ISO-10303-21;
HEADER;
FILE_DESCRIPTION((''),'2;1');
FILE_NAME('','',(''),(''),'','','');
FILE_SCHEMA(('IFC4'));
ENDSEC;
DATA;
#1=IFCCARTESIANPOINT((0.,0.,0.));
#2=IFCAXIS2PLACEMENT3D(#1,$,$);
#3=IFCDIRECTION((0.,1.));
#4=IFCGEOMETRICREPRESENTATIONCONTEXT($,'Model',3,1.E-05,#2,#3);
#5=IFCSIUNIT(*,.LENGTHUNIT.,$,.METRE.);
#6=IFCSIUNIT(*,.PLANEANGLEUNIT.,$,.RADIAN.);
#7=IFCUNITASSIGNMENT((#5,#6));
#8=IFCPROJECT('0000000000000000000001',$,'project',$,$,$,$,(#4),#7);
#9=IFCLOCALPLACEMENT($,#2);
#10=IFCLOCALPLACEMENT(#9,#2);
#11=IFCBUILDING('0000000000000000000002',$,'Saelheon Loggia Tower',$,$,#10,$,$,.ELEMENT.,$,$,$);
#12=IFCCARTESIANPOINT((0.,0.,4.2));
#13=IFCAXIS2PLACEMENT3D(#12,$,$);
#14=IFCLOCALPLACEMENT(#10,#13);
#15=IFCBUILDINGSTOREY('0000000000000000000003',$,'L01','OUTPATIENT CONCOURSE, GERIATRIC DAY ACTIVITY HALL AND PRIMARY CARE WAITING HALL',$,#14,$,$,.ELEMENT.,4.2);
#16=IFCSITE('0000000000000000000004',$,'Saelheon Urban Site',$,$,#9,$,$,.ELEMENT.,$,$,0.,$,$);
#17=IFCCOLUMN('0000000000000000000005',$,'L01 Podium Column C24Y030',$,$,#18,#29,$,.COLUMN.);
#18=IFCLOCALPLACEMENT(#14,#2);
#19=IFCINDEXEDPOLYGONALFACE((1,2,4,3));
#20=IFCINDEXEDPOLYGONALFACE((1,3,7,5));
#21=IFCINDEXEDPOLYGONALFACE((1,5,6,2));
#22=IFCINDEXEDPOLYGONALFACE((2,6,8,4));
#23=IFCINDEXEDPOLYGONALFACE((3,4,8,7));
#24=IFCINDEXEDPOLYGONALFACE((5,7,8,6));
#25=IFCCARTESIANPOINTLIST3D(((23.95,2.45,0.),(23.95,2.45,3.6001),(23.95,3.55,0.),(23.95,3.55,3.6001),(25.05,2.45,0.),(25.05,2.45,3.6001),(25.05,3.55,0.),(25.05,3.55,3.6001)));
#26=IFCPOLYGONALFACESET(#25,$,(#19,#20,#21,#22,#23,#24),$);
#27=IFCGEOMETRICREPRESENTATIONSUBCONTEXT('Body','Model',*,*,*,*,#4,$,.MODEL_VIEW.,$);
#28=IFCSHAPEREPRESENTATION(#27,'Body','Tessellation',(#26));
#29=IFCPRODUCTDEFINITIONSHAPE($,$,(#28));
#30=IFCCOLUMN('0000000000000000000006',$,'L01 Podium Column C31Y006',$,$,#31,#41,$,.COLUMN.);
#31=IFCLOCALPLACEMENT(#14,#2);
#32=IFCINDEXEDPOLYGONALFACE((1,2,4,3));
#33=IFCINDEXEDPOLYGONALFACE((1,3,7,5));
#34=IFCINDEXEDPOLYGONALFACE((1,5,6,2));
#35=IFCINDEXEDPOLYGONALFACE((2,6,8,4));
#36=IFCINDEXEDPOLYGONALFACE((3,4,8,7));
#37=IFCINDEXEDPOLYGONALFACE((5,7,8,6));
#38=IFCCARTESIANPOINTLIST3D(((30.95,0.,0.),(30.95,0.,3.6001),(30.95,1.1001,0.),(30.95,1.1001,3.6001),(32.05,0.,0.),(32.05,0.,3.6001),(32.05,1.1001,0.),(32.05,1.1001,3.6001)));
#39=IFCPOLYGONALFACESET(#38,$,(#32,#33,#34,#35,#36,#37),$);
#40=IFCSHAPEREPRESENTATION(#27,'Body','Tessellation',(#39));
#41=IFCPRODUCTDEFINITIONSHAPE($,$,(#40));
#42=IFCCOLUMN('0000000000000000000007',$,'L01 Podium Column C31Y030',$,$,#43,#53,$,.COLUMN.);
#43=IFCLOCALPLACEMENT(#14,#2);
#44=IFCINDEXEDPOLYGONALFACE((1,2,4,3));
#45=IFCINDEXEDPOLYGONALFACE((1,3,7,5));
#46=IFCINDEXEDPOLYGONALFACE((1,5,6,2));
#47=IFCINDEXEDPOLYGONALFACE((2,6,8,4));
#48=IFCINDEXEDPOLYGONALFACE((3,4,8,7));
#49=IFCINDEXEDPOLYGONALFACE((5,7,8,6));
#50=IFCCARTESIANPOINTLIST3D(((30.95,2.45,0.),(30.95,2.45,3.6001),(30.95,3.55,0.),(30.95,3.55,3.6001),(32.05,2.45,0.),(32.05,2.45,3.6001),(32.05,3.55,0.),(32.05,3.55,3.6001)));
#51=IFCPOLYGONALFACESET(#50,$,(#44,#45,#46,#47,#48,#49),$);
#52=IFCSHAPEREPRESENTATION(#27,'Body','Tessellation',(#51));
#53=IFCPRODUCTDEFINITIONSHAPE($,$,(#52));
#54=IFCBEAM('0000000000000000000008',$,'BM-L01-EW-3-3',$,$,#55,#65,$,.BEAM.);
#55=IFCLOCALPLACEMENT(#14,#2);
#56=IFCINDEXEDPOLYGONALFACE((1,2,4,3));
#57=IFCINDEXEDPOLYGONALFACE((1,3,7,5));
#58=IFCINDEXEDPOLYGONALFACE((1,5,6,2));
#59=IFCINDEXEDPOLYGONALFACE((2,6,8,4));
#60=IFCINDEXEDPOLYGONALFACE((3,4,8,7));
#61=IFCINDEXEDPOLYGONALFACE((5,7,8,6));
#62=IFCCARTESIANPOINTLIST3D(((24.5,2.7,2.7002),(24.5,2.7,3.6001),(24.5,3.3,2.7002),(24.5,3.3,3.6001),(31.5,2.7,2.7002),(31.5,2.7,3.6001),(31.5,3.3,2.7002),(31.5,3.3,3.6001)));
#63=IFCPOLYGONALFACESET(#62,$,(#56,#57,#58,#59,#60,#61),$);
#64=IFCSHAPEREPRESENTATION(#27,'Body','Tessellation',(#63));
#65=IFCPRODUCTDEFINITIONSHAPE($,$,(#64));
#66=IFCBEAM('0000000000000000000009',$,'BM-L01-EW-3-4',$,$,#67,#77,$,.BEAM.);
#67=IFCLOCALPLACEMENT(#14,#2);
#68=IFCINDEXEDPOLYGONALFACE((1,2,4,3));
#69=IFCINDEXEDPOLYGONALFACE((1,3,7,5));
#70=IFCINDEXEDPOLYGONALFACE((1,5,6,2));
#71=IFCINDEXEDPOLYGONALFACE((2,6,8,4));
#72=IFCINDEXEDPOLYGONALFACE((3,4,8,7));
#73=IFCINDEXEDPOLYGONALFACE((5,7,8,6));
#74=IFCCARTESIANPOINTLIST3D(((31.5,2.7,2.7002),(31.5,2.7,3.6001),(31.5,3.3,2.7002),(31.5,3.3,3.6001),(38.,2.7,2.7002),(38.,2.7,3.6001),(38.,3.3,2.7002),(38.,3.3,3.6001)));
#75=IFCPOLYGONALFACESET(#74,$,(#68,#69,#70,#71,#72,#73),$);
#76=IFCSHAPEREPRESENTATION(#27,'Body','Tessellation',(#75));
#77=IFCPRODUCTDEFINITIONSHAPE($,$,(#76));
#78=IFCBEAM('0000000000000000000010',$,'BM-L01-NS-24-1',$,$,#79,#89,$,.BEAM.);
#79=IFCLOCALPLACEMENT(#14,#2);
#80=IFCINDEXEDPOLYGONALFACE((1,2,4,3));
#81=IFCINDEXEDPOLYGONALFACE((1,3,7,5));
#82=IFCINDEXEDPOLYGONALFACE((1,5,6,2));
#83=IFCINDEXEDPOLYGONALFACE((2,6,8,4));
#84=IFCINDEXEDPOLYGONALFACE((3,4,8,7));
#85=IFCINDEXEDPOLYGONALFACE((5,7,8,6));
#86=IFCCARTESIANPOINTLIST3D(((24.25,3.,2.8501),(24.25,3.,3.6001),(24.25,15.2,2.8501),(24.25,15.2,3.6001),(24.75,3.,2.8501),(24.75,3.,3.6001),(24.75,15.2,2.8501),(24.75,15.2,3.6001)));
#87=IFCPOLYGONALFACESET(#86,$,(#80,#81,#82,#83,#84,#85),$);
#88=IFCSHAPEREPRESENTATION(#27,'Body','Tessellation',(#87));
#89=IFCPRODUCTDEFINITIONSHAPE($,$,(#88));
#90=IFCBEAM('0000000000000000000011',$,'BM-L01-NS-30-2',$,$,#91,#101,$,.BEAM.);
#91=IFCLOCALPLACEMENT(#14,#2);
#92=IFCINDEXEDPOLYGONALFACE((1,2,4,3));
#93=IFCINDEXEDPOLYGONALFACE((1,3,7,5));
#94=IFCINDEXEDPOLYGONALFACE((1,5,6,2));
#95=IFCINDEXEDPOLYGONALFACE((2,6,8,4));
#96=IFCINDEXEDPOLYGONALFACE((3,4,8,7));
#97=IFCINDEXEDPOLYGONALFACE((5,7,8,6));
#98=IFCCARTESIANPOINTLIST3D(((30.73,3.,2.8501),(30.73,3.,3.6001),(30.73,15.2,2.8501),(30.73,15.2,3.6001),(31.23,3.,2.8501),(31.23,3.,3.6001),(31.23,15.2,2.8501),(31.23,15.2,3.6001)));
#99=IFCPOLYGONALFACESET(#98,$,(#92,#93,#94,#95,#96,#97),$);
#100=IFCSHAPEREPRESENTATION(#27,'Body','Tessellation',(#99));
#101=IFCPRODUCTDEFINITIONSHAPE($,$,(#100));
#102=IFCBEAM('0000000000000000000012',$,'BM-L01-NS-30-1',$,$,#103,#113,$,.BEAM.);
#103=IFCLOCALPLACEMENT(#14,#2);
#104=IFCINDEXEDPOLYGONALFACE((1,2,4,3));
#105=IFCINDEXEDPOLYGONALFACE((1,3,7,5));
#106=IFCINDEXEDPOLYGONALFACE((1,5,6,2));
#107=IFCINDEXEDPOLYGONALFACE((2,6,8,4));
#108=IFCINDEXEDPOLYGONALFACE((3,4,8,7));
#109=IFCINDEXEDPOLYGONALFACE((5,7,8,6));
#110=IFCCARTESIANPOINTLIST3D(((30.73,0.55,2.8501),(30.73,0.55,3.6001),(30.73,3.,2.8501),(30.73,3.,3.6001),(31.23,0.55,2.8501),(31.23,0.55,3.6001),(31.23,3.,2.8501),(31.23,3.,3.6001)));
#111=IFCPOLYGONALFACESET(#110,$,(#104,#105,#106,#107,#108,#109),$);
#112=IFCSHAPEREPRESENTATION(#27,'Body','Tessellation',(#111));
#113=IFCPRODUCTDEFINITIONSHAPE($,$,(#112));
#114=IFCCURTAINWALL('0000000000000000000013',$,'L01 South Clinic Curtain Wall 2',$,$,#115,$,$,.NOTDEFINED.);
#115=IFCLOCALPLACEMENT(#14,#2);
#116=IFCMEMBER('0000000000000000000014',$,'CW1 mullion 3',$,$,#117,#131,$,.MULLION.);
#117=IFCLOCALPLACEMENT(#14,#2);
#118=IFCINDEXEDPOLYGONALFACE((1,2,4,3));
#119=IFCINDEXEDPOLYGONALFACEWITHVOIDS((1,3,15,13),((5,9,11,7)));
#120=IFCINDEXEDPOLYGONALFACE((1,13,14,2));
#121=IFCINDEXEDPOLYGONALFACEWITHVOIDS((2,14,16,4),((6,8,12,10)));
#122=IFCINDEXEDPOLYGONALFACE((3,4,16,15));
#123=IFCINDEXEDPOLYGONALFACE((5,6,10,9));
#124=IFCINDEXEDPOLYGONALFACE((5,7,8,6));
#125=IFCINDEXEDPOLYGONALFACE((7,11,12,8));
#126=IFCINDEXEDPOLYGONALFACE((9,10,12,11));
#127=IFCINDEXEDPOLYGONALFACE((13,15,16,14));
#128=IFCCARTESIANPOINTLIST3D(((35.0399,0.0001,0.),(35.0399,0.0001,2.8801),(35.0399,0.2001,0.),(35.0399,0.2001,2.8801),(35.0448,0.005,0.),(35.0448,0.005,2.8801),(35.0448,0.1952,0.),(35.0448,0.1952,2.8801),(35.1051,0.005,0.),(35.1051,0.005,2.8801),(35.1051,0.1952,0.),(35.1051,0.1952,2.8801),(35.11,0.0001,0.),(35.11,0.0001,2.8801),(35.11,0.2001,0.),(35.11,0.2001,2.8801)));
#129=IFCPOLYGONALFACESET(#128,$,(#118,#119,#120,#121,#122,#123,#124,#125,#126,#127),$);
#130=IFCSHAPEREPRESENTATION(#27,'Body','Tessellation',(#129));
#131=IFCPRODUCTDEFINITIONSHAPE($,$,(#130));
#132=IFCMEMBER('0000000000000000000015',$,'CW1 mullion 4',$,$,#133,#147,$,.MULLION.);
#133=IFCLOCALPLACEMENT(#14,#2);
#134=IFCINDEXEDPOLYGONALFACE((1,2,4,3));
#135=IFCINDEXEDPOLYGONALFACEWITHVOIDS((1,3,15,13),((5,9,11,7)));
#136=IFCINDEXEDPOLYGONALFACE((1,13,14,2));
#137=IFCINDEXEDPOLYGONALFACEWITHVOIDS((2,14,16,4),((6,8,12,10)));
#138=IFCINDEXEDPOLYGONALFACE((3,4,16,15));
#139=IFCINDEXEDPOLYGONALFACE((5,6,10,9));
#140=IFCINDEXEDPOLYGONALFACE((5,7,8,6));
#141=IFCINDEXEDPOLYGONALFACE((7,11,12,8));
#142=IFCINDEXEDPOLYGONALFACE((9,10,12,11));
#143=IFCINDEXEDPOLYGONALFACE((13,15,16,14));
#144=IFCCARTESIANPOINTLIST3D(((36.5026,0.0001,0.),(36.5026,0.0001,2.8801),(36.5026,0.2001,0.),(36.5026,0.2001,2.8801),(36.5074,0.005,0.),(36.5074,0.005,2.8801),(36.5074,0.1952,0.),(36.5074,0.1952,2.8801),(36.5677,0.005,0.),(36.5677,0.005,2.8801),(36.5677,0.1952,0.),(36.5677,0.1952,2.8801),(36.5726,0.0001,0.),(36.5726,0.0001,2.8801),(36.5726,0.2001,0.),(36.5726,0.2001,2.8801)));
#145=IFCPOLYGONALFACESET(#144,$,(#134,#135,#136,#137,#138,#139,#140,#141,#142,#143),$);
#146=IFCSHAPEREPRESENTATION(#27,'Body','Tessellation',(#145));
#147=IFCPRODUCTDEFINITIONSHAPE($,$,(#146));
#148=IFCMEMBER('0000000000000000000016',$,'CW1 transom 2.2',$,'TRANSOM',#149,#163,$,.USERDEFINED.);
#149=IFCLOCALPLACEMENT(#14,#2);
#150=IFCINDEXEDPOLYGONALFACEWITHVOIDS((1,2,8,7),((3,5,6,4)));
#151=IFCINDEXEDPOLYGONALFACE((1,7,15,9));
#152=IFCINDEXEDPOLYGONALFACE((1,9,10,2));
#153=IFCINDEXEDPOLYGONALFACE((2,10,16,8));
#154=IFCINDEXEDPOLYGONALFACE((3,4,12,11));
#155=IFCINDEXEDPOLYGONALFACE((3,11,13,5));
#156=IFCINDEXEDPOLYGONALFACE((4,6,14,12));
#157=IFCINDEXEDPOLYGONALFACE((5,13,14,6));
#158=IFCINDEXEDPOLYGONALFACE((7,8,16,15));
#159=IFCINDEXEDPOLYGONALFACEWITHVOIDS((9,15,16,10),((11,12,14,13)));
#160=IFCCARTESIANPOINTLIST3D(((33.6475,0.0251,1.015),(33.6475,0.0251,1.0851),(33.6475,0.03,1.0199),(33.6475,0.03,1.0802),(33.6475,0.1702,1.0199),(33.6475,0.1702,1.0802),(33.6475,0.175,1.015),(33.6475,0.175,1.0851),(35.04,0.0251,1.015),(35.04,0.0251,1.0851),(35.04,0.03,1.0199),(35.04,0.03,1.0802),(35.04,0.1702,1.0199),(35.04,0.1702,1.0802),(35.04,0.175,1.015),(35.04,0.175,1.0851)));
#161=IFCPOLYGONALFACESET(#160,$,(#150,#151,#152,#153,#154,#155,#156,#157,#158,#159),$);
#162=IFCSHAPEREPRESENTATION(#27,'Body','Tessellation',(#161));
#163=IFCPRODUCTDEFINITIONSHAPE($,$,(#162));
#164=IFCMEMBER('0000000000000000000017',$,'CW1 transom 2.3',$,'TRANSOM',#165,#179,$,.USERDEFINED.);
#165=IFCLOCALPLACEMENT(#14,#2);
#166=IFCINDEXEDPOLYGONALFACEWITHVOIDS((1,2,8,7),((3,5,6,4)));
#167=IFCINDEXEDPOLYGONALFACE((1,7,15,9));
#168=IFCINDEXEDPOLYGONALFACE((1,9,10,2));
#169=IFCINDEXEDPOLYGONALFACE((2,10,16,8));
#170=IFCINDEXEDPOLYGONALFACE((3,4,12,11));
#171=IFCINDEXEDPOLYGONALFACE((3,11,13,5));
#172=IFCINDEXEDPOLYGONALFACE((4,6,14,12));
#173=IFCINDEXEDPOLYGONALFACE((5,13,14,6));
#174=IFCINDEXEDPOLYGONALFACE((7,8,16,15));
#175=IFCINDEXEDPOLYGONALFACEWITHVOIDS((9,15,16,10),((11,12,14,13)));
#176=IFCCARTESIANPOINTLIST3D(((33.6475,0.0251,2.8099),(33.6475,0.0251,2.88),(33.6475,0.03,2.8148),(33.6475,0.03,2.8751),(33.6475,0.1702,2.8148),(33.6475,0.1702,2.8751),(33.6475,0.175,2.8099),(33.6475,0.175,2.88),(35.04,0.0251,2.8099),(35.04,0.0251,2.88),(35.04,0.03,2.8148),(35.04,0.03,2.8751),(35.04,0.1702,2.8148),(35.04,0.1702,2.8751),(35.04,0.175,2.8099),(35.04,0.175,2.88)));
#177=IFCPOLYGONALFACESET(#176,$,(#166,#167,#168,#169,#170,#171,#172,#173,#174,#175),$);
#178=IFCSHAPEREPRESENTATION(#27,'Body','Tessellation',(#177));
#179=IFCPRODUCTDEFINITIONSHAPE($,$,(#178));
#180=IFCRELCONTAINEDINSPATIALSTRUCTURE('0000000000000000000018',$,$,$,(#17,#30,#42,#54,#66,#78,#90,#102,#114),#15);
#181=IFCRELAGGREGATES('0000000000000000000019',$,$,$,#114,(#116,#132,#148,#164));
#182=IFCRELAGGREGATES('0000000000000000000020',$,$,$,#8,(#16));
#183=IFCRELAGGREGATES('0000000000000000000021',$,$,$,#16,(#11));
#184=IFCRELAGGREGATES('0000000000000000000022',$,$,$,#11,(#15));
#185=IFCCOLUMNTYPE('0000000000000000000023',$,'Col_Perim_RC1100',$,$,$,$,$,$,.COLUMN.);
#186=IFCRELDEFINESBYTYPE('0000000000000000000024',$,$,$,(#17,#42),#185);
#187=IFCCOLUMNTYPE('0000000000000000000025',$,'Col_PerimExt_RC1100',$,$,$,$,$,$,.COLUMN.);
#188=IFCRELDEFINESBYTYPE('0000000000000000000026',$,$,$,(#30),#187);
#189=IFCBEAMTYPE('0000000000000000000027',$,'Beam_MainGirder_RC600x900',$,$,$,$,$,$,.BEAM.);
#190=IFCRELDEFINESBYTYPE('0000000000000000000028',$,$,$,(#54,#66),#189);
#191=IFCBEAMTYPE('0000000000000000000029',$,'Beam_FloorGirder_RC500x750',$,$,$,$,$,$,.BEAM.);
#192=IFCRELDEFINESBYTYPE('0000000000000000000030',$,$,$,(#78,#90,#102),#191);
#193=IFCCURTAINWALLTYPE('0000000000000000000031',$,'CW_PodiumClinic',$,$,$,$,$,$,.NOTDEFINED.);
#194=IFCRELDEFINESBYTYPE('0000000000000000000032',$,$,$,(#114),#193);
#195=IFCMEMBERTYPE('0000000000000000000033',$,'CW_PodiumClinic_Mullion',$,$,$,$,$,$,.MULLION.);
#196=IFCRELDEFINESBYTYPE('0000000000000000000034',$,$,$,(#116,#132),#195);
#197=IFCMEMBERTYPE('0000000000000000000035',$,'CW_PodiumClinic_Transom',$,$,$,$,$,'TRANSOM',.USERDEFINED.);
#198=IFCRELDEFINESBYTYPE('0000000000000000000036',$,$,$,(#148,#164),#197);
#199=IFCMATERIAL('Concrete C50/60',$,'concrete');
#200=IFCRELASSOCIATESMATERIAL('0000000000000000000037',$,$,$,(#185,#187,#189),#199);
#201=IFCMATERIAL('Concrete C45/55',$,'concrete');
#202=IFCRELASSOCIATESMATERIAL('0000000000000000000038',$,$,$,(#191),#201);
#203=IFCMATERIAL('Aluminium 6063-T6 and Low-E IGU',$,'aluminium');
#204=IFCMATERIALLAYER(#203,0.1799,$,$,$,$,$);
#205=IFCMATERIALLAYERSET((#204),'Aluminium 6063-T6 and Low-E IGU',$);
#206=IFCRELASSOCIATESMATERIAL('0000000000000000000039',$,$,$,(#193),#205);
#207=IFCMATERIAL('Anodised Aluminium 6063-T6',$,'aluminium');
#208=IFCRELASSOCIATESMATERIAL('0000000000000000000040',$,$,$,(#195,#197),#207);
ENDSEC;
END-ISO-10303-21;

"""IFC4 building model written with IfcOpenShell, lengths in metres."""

from ifc_helpers import new_model, si_unit, direction, frame, origin, origin_2d, place, context, subcontext, project, spatial, rectangle, hollow_rectangle, extrude, source, transform, mapped, material, layer, layer_set, material_profile, profile_set, type_object, element, aggregate, save


model = new_model("IFC4")

# Units and contexts
model_context = context("Model", 3, precision=1e-05, world=origin(), true_north=direction((0.0, 1.0)))
body_context = subcontext(model_context, "Body", "Model", "MODEL_VIEW")
ifc_project = project(units=[si_unit("LENGTHUNIT", "METRE"), si_unit("PLANEANGLEUNIT", "RADIAN")], contexts=[model_context])

# Site, building, storey
site_placement = place(None, origin())
site = spatial("IfcSite", under=ifc_project, at=site_placement, Name="Saelheon Urban Site", CompositionType="ELEMENT", RefElevation=0.0)
building_placement = place(site_placement, origin())
building = spatial("IfcBuilding", under=site, at=building_placement, Name="Saelheon Loggia Tower", CompositionType="ELEMENT")
storey_placement = place(building_placement, frame((0.0, 0.0, 4.2)))
storey = spatial("IfcBuildingStorey", under=building, at=storey_placement, Name="L01", Description="OUTPATIENT CONCOURSE, GERIATRIC DAY ACTIVITY HALL AND PRIMARY CARE WAITING HALL", CompositionType="ELEMENT", Elevation=4.2)

# Columns
ifc_material_1 = material(Name="Concrete C50/60", Category="concrete")
ifc_material_profile_1 = material_profile(ifc_material_1, rectangle(XDim=1.1001, YDim=1.1001, at=origin_2d()), Name="RC-1100x1100")
ifc_profile_set_1 = profile_set([ifc_material_profile_1], Name="Concrete C50/60")
column_type_1 = type_object("IfcColumnType", Name="Col_Perim_RC1100", PredefinedType="COLUMN", material=ifc_profile_set_1)
shared_shape_1 = source(origin(), body_context, "Body", "SweptSolid", [
    extrude(rectangle(XDim=1.1001, YDim=1.1001, at=origin_2d()), origin(), (0.0, 0.0, 1.0), 3.6001),
])
column_1_placement = place(storey_placement, frame((24.5, 3.0, 0.0), z_axis=(0.0, 0.0, 1.0), x_axis=(1.0, 0.0, 0.0)))
element("IfcColumn", 1, at=column_1_placement, inside=storey, type_object=column_type_1, Name="L01 Podium Column C24Y030", PredefinedType="COLUMN", context=body_context, shape_type="MappedRepresentation", body=[
    mapped(shared_shape_1, transform((0.0, 0.0, 0.0), scale=1.0)),
])
ifc_material_profile_2 = material_profile(ifc_material_1, rectangle(XDim=1.1001, YDim=1.1001, at=origin_2d()), Name="RC-1100x1100")
ifc_profile_set_2 = profile_set([ifc_material_profile_2], Name="Concrete C50/60")
column_type_2 = type_object("IfcColumnType", Name="Col_PerimExt_RC1100", PredefinedType="COLUMN", material=ifc_profile_set_2)
column_2_placement = place(storey_placement, frame((31.5, 0.55, 0.0), z_axis=(0.0, 0.0, 1.0), x_axis=(1.0, 0.0, 0.0)))
element("IfcColumn", 2, at=column_2_placement, inside=storey, type_object=column_type_2, Name="L01 Podium Column C31Y006", PredefinedType="COLUMN", context=body_context, shape_type="MappedRepresentation", body=[
    mapped(shared_shape_1, transform((0.0, 0.0, 0.0), scale=1.0)),
])
column_3_placement = place(storey_placement, frame((31.5, 3.0, 0.0), z_axis=(0.0, 0.0, 1.0), x_axis=(1.0, 0.0, 0.0)))
element("IfcColumn", 3, at=column_3_placement, inside=storey, type_object=column_type_1, Name="L01 Podium Column C31Y030", PredefinedType="COLUMN", context=body_context, shape_type="MappedRepresentation", body=[
    mapped(shared_shape_1, transform((0.0, 0.0, 0.0), scale=1.0)),
])

# Beams
ifc_material_profile_3 = material_profile(ifc_material_1, rectangle(XDim=0.6001, YDim=0.8999, at=origin_2d()), Name="RC-600x900")
ifc_profile_set_3 = profile_set([ifc_material_profile_3], Name="Concrete C50/60")
beam_type_1 = type_object("IfcBeamType", Name="Beam_MainGirder_RC600x900", PredefinedType="BEAM", material=ifc_profile_set_3)
shared_shape_2 = source(origin(), body_context, "Body", "SweptSolid", [
    extrude(rectangle(XDim=0.6001, YDim=0.8999, at=origin_2d()), origin(), (0.0, 0.0, 1.0), 7.0),
])
beam_1_placement = place(storey_placement, frame((24.5, 3.0, 3.1501), z_axis=(1.0, 0.0, 0.0), x_axis=(0.0, 1.0, 0.0)))
element("IfcBeam", 4, at=beam_1_placement, inside=storey, type_object=beam_type_1, Name="BM-L01-EW-3-3", PredefinedType="BEAM", context=body_context, shape_type="MappedRepresentation", body=[
    mapped(shared_shape_2, transform((0.0, 0.0, 0.0), scale=1.0)),
])
shared_shape_3 = source(origin(), body_context, "Body", "SweptSolid", [
    extrude(rectangle(XDim=0.6001, YDim=0.8999, at=origin_2d()), origin(), (0.0, 0.0, 1.0), 6.5),
])
beam_2_placement = place(storey_placement, frame((31.5, 3.0, 3.1501), z_axis=(1.0, 0.0, 0.0), x_axis=(0.0, 1.0, 0.0)))
element("IfcBeam", 5, at=beam_2_placement, inside=storey, type_object=beam_type_1, Name="BM-L01-EW-3-4", PredefinedType="BEAM", context=body_context, shape_type="MappedRepresentation", body=[
    mapped(shared_shape_3, transform((0.0, 0.0, 0.0), scale=1.0)),
])
ifc_material_2 = material(Name="Concrete C45/55", Category="concrete")
ifc_material_profile_4 = material_profile(ifc_material_2, rectangle(XDim=0.5, YDim=0.75, at=origin_2d()), Name="RC-500x750")
ifc_profile_set_4 = profile_set([ifc_material_profile_4], Name="Concrete C45/55")
beam_type_2 = type_object("IfcBeamType", Name="Beam_FloorGirder_RC500x750", PredefinedType="BEAM", material=ifc_profile_set_4)
shared_shape_4 = source(origin(), body_context, "Body", "SweptSolid", [
    extrude(rectangle(XDim=0.5, YDim=0.75, at=origin_2d()), origin(), (0.0, 0.0, 1.0), 12.2),
])
for number, where, z_axis, x_axis, name in (
    (6, (24.5, 3.0, 3.2251), (0.0, 1.0, 0.0), (-1.0, 0.0, 0.0), "BM-L01-NS-24-1"),
    (7, (30.98, 3.0, 3.2251), (0.0, 1.0, 0.0), (-1.0, 0.0, 0.0), "BM-L01-NS-30-2"),
):
    element("IfcBeam", number, at=place(storey_placement, frame(where, z_axis=z_axis, x_axis=x_axis)), inside=storey, type_object=beam_type_2, Name=name, PredefinedType="BEAM", context=body_context, shape_type="MappedRepresentation", body=[
        mapped(shared_shape_4, transform((0.0, 0.0, 0.0), scale=1.0)),
    ])
shared_shape_5 = source(origin(), body_context, "Body", "SweptSolid", [
    extrude(rectangle(XDim=0.5, YDim=0.75, at=origin_2d()), origin(), (0.0, 0.0, 1.0), 2.45),
])
beam_3_placement = place(storey_placement, frame((30.98, 0.55, 3.2251), z_axis=(0.0, 1.0, 0.0), x_axis=(-1.0, 0.0, 0.0)))
element("IfcBeam", 8, at=beam_3_placement, inside=storey, type_object=beam_type_2, Name="BM-L01-NS-30-1", PredefinedType="BEAM", context=body_context, shape_type="MappedRepresentation", body=[
    mapped(shared_shape_5, transform((0.0, 0.0, 0.0), scale=1.0)),
])

# Curtain wall, members
ifc_material_3 = material(Name="Aluminium 6063-T6 and Low-E IGU", Category="aluminium")
ifc_layer_1 = layer(ifc_material_3, 0.1799)
ifc_layer_set_1 = layer_set([ifc_layer_1], Name="Aluminium 6063-T6 and Low-E IGU")
curtain_wall_type = type_object("IfcCurtainWallType", Name="CW_PodiumClinic", PredefinedType="NOTDEFINED", material=ifc_layer_set_1)
curtain_wall_placement = place(storey_placement, origin())
curtain_wall = element("IfcCurtainWall", 9, at=curtain_wall_placement, inside=storey, type_object=curtain_wall_type, Name="L01 South Clinic Curtain Wall 2", PredefinedType="NOTDEFINED")
ifc_material_4 = material(Name="Anodised Aluminium 6063-T6", Category="aluminium")
ifc_material_profile_5 = material_profile(ifc_material_4, hollow_rectangle(XDim=0.0701, YDim=0.2, WallThickness=0.0049, at=origin_2d()), Name="RHS-200x70x5")
ifc_profile_set_5 = profile_set([ifc_material_profile_5], Name="Anodised Aluminium 6063-T6")
member_type_1 = type_object("IfcMemberType", Name="CW_PodiumClinic_Mullion", PredefinedType="MULLION", material=ifc_profile_set_5)
shared_shape_6 = source(origin(), body_context, "Body", "SweptSolid", [
    extrude(hollow_rectangle(XDim=0.0701, YDim=0.2, WallThickness=0.0049, at=origin_2d()), origin(), (0.0, 0.0, 1.0), 2.8801),
])
member_1_placement = place(storey_placement, frame((35.075, 0.1001, 0.0), z_axis=(0.0, 0.0, 1.0), x_axis=(1.0, 0.0, 0.0)))
member_1 = element("IfcMember", 10, at=member_1_placement, type_object=member_type_1, Name="CW1 mullion 3", PredefinedType="MULLION", context=body_context, shape_type="MappedRepresentation", body=[
    mapped(shared_shape_6, transform((0.0, 0.0, 0.0), scale=1.0)),
])
member_2_placement = place(storey_placement, frame((36.5376, 0.1001, 0.0), z_axis=(0.0, 0.0, 1.0), x_axis=(1.0, 0.0, 0.0)))
member_2 = element("IfcMember", 11, at=member_2_placement, type_object=member_type_1, Name="CW1 mullion 4", PredefinedType="MULLION", context=body_context, shape_type="MappedRepresentation", body=[
    mapped(shared_shape_6, transform((0.0, 0.0, 0.0), scale=1.0)),
])
ifc_material_profile_6 = material_profile(ifc_material_4, hollow_rectangle(XDim=0.0701, YDim=0.1499, WallThickness=0.0049, at=origin_2d()), Name="RHS-150x70x5")
ifc_profile_set_6 = profile_set([ifc_material_profile_6], Name="Anodised Aluminium 6063-T6")
member_type_2 = type_object("IfcMemberType", Name="CW_PodiumClinic_Transom", ElementType="TRANSOM", PredefinedType="USERDEFINED", material=ifc_profile_set_6)
shared_shape_7 = source(origin(), body_context, "Body", "SweptSolid", [
    extrude(hollow_rectangle(XDim=0.0701, YDim=0.1499, WallThickness=0.0049, at=origin_2d()), origin(), (0.0, 0.0, 1.0), 1.3926),
])
member_3_placement = place(storey_placement, frame((33.6475, 0.1001, 1.05), z_axis=(1.0, 0.0, 0.0), x_axis=(0.0, 0.0, 1.0)))
member_3 = element("IfcMember", 12, at=member_3_placement, type_object=member_type_2, Name="CW1 transom 2.2", ObjectType="TRANSOM", PredefinedType="USERDEFINED", context=body_context, shape_type="MappedRepresentation", body=[
    mapped(shared_shape_7, transform((0.0, 0.0, 0.0), scale=1.0)),
])
member_4_placement = place(storey_placement, frame((33.6475, 0.1001, 2.845), z_axis=(1.0, 0.0, 0.0), x_axis=(0.0, 0.0, 1.0)))
member_4 = element("IfcMember", 13, at=member_4_placement, type_object=member_type_2, Name="CW1 transom 2.3", ObjectType="TRANSOM", PredefinedType="USERDEFINED", context=body_context, shape_type="MappedRepresentation", body=[
    mapped(shared_shape_7, transform((0.0, 0.0, 0.0), scale=1.0)),
])
aggregate(curtain_wall, [member_1, member_2, member_3, member_4])

save(model, "model.ifc")
